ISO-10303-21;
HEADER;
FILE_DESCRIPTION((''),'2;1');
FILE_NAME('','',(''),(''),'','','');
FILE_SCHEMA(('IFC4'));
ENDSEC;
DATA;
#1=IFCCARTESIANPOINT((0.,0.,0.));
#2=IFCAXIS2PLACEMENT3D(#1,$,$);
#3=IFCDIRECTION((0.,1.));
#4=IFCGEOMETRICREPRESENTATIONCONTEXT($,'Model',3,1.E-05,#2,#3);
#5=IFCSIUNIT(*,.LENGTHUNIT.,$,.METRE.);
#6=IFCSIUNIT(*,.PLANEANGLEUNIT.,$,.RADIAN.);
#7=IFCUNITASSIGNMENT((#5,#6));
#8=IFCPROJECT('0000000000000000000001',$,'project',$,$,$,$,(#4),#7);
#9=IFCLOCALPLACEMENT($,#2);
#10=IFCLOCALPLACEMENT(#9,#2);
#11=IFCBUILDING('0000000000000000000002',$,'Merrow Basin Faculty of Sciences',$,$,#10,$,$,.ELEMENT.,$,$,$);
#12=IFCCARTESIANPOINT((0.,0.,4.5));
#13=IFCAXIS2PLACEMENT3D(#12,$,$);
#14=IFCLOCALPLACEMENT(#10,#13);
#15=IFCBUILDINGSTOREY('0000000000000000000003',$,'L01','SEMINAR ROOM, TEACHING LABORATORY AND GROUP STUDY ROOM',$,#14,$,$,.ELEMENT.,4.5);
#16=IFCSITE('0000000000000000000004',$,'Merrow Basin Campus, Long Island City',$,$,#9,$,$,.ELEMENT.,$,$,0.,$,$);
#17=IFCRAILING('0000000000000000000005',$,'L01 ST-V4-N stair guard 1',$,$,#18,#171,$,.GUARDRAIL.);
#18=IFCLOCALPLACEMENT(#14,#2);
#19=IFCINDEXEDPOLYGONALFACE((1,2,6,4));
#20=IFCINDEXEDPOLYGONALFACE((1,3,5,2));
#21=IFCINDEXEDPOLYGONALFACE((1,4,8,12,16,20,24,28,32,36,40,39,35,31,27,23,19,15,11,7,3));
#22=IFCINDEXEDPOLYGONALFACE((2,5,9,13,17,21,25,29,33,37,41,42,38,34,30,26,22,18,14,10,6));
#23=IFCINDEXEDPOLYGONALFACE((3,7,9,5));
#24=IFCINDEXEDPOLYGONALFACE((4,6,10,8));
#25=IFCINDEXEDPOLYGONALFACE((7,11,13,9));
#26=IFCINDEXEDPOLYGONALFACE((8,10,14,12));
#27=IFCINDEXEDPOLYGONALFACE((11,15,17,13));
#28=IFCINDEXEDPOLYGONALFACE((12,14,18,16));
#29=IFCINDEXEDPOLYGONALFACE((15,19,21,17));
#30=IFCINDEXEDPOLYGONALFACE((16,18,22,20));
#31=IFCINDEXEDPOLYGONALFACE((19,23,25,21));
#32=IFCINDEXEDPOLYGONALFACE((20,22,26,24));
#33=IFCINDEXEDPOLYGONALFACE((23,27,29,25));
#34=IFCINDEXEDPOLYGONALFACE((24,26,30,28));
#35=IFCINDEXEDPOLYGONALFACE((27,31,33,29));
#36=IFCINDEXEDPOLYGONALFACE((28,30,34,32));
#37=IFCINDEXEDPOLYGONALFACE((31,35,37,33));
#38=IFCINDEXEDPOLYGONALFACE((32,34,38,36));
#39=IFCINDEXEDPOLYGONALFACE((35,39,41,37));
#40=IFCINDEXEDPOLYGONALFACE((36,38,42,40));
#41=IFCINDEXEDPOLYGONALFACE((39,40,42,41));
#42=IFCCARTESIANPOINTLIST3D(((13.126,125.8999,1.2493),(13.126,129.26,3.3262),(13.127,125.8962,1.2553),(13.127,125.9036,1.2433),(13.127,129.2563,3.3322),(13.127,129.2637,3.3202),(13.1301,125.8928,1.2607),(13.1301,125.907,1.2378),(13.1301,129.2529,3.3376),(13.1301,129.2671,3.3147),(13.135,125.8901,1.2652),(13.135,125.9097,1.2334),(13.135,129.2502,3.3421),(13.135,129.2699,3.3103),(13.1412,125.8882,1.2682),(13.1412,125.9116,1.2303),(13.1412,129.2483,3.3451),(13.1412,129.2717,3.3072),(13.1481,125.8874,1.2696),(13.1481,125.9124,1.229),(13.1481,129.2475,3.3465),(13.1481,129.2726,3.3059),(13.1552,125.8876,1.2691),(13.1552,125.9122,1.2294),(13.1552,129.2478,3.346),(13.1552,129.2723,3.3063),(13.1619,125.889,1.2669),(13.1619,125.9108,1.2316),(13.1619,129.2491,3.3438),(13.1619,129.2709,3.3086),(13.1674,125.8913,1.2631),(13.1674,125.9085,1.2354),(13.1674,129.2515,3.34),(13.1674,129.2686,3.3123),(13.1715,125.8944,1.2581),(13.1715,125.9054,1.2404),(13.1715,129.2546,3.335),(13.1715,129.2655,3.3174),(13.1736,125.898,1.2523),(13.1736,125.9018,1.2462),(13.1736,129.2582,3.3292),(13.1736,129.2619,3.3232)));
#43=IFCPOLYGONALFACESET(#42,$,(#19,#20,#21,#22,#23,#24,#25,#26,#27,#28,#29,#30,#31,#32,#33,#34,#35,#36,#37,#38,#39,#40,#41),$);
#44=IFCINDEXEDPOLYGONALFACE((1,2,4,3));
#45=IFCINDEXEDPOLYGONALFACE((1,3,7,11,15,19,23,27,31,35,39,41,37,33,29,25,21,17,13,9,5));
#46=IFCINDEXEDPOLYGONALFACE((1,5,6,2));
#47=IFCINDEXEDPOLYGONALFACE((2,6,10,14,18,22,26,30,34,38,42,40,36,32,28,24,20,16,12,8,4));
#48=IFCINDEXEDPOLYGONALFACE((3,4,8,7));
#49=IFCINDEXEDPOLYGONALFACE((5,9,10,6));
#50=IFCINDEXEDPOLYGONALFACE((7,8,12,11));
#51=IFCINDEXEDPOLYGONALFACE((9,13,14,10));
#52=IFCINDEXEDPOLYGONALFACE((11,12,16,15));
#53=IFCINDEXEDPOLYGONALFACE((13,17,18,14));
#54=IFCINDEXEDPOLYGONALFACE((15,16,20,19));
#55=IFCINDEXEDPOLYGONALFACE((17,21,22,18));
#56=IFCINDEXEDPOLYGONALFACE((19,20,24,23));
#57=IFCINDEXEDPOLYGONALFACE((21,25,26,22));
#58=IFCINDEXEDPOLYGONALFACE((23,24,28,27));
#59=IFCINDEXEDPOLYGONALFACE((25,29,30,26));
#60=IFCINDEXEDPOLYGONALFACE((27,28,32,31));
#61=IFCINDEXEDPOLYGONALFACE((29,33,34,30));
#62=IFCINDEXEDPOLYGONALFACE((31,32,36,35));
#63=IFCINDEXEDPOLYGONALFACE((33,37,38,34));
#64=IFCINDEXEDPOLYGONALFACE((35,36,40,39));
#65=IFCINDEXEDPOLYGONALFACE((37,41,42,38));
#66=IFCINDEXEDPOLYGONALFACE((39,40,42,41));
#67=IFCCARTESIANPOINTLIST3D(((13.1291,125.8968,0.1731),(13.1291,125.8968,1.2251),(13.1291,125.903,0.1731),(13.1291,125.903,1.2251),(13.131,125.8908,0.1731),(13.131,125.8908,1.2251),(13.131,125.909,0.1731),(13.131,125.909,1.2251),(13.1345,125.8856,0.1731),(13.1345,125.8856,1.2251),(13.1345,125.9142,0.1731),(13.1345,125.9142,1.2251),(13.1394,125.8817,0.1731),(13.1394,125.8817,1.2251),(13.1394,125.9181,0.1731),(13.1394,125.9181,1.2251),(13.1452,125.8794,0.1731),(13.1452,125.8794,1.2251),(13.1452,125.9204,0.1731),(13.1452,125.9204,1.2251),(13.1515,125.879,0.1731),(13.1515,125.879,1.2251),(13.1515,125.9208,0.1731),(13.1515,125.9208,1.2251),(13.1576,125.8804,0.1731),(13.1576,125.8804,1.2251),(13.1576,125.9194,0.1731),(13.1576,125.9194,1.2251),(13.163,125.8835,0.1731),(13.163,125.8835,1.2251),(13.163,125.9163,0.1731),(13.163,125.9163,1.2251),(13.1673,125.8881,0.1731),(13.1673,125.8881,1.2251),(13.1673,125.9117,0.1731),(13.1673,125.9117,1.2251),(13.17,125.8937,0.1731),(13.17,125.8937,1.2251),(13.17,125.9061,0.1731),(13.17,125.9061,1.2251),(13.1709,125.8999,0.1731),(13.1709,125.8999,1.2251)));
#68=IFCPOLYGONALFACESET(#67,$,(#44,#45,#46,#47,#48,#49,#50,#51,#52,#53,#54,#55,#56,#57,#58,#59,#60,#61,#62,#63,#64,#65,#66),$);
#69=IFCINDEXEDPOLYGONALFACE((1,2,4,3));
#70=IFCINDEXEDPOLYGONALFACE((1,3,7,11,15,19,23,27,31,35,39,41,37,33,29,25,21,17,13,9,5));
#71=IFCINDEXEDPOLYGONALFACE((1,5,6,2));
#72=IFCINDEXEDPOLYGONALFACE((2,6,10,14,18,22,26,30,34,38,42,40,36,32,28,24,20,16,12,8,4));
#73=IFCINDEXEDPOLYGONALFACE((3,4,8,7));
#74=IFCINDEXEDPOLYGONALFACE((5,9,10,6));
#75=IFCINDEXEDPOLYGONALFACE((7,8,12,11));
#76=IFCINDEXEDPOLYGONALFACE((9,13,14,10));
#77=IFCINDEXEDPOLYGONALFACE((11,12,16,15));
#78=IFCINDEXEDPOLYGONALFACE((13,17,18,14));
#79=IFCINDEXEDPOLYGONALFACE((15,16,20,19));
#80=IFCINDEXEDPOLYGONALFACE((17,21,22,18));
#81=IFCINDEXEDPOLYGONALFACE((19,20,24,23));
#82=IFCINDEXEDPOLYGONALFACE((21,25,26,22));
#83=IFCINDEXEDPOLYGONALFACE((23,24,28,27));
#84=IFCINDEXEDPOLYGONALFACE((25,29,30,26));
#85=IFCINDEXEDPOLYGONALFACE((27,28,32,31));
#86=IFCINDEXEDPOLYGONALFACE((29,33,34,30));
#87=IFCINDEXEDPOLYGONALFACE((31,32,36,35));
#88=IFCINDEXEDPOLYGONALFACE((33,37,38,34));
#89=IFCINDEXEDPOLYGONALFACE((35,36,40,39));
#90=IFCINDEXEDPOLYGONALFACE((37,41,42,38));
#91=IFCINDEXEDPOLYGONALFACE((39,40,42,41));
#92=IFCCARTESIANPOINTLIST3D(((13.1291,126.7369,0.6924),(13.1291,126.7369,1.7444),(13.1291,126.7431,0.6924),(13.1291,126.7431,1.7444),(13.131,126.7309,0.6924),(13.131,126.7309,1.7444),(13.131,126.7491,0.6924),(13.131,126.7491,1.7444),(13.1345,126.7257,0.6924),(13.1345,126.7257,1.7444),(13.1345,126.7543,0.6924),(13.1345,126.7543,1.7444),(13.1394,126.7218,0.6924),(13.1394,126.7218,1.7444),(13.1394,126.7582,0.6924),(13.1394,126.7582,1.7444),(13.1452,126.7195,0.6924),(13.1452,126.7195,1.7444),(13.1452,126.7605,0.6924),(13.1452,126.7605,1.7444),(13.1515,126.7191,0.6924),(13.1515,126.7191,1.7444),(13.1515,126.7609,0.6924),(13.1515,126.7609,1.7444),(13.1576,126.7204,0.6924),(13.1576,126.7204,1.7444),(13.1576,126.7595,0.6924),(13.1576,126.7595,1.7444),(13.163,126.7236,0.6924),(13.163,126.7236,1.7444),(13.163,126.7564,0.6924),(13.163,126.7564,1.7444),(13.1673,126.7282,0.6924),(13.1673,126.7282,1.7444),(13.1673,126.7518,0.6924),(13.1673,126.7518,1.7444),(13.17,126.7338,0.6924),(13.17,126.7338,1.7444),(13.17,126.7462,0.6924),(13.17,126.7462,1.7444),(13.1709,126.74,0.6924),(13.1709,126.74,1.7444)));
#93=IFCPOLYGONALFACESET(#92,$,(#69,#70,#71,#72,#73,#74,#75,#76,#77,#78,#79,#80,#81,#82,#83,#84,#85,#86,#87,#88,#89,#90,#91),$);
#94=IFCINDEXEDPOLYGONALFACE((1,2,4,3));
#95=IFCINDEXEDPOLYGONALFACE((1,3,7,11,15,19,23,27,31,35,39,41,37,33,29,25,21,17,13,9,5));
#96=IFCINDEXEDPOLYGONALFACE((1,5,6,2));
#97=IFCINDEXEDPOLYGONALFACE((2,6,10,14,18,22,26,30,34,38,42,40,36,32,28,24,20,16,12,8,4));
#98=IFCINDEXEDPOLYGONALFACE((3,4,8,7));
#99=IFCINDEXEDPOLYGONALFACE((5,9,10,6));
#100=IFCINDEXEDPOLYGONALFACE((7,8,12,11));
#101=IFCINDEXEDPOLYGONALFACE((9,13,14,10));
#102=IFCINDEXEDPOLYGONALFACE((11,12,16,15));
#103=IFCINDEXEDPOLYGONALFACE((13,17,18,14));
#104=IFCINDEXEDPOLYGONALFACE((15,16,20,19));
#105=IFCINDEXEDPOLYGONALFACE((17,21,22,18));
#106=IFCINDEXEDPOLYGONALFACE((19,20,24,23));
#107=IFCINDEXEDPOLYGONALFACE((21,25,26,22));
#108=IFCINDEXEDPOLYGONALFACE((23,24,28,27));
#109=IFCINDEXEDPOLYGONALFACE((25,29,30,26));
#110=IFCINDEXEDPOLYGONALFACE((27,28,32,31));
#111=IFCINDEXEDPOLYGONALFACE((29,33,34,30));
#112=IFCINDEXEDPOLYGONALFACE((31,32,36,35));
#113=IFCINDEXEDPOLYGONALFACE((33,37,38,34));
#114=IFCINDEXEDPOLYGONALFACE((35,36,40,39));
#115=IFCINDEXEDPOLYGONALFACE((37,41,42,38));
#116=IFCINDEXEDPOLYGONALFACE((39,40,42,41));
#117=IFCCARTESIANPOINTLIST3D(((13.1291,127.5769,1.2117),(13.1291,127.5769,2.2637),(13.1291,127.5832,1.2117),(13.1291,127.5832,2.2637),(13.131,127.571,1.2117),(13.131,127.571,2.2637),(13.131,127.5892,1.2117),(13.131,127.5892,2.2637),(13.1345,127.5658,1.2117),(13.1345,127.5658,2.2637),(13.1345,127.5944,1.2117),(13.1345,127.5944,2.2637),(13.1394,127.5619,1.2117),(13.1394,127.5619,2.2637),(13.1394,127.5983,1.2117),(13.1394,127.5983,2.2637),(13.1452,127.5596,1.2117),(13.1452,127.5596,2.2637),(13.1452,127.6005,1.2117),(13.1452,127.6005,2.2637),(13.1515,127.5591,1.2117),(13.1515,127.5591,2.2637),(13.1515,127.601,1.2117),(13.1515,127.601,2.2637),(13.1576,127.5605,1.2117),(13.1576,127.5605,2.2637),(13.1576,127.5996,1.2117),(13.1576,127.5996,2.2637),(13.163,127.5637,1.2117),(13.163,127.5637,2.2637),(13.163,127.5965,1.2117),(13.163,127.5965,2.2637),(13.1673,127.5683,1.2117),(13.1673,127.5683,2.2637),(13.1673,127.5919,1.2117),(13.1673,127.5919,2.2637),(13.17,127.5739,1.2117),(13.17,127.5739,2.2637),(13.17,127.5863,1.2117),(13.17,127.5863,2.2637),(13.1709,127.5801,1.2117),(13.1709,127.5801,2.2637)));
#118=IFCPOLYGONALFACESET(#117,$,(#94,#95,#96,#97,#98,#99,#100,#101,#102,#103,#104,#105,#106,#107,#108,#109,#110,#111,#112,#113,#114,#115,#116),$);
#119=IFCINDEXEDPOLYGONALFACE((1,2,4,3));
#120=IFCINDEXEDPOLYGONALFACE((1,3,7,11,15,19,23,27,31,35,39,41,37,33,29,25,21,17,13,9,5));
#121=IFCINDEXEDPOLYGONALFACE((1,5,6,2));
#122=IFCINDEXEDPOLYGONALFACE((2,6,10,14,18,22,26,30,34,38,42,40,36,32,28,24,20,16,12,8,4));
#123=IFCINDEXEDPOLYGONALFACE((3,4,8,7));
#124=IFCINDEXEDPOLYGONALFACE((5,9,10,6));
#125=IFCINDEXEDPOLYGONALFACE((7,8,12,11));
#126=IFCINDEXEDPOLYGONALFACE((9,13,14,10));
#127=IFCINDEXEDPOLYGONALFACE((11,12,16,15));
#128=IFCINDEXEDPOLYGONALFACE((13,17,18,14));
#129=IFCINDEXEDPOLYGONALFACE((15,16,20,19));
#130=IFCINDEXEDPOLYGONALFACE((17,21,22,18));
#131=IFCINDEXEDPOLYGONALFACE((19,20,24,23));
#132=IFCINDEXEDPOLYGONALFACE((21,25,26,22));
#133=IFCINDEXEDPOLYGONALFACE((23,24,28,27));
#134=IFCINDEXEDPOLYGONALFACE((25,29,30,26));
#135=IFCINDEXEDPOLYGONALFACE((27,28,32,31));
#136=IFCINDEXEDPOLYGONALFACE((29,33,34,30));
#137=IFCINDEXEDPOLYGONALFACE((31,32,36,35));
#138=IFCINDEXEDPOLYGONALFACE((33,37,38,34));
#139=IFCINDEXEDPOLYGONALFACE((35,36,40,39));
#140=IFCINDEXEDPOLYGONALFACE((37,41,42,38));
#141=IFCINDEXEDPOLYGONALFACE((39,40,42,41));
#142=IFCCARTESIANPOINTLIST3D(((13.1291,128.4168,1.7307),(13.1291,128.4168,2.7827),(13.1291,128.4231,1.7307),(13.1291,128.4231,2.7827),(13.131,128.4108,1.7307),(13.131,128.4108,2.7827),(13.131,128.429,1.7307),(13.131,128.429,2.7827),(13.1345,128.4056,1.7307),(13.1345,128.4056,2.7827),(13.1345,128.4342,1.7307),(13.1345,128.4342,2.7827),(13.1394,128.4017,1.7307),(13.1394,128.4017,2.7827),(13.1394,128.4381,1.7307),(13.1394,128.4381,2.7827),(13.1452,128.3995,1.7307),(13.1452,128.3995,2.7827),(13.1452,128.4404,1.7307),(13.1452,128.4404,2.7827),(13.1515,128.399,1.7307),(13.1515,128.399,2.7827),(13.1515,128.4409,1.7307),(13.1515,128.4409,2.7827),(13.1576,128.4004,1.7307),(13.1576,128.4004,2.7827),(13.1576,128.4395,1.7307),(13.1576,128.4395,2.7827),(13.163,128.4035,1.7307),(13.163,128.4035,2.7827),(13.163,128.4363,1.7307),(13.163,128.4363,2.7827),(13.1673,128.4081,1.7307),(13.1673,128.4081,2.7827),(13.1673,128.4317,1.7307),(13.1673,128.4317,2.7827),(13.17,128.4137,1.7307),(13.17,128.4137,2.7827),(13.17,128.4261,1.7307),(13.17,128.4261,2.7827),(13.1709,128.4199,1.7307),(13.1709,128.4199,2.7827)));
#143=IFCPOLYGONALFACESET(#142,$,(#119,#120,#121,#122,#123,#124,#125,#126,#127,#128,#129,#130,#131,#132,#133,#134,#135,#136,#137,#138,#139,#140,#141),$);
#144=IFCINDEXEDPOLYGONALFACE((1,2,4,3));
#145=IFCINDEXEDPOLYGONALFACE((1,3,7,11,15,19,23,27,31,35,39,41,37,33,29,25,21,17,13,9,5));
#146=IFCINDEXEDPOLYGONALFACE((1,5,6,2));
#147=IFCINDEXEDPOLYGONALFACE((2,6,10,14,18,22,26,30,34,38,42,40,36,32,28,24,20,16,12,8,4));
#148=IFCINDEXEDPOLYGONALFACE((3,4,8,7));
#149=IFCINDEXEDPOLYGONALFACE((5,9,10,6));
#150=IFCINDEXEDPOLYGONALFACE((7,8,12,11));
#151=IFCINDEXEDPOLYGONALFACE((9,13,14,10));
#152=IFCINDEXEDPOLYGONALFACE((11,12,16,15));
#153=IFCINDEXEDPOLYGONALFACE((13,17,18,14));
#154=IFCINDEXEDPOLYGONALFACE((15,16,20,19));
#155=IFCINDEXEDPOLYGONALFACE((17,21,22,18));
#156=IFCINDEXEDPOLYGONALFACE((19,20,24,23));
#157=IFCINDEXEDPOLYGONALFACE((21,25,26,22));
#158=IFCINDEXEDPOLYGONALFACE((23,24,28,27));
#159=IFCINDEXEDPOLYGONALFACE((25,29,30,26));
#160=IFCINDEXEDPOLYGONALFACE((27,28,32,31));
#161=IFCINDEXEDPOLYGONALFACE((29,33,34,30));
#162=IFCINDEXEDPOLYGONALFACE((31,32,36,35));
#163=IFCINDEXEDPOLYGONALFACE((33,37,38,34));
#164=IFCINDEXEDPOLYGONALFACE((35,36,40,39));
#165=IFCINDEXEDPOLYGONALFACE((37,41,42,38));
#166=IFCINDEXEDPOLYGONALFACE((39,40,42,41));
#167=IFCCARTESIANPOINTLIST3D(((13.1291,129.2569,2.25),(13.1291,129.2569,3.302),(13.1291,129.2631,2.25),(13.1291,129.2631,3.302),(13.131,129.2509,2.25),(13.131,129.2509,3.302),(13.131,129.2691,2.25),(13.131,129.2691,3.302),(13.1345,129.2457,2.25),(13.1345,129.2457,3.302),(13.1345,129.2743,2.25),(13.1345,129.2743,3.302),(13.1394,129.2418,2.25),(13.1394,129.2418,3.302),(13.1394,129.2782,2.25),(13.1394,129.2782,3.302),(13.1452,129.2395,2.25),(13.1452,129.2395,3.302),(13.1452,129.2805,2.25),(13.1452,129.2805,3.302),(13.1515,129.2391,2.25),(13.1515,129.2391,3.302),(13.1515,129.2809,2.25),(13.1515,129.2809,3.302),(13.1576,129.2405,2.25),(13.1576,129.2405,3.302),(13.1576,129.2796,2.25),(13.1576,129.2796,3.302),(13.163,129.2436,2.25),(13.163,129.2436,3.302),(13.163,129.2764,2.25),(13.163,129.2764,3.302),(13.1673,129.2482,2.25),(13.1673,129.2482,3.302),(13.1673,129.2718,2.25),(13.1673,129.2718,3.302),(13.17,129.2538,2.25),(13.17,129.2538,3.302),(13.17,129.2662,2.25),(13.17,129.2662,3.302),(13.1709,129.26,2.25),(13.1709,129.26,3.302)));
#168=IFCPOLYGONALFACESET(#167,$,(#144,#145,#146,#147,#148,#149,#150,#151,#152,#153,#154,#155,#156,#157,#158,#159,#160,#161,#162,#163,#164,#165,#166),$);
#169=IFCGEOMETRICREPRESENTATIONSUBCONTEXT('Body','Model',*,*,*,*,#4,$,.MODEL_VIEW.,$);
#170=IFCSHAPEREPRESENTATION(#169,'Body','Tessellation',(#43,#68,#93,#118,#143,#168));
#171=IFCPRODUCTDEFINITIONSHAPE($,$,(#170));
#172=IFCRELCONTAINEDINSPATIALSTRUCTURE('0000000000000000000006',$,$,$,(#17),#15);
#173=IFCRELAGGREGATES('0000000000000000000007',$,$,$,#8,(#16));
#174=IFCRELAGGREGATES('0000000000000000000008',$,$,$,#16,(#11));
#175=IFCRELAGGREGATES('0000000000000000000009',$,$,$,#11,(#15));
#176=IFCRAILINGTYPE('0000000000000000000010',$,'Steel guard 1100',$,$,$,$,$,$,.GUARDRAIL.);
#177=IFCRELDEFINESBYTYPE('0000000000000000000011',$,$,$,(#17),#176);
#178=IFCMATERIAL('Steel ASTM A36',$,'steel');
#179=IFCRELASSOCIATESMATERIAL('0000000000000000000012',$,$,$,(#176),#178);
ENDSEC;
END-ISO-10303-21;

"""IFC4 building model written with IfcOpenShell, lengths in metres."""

from ifc_helpers import new_model, si_unit, direction, frame, origin, origin_2d, place, context, subcontext, project, spatial, circle, extrude, material, type_object, element, save


model = new_model("IFC4")

# Units and contexts
model_context = context("Model", 3, precision=1e-05, world=origin(), true_north=direction((0.0, 1.0)))
body_context = subcontext(model_context, "Body", "Model", "MODEL_VIEW")
ifc_project = project(units=[si_unit("LENGTHUNIT", "METRE"), si_unit("PLANEANGLEUNIT", "RADIAN")], contexts=[model_context])

# Site, building, storey
site_placement = place(None, origin())
site = spatial("IfcSite", under=ifc_project, at=site_placement, Name="Merrow Basin Campus, Long Island City", CompositionType="ELEMENT", RefElevation=0.0)
building_placement = place(site_placement, origin())
building = spatial("IfcBuilding", under=site, at=building_placement, Name="Merrow Basin Faculty of Sciences", CompositionType="ELEMENT")
storey_placement = place(building_placement, frame((0.0, 0.0, 4.5)))
storey = spatial("IfcBuildingStorey", under=building, at=storey_placement, Name="L01", Description="SEMINAR ROOM, TEACHING LABORATORY AND GROUP STUDY ROOM", CompositionType="ELEMENT", Elevation=4.5)

# Railing
ifc_material_1 = material(Name="Steel ASTM A36", Category="steel")
railing_type_1 = type_object("IfcRailingType", Name="Steel guard 1100", PredefinedType="GUARDRAIL", material=ifc_material_1)
railing_1_placement = place(storey_placement, frame((13.1499, 125.8999, 0.1731)))
element("IfcRailing", 1, at=railing_1_placement, inside=storey, type_object=railing_type_1, Name="L01 ST-V4-N stair guard 1", PredefinedType="GUARDRAIL", context=body_context, shape_type="SweptSolid", body=[
    extrude(circle(Radius=0.0239, at=origin_2d()), frame((0.0, 0.0, 1.0762), z_axis=(0.0, 0.850623, 0.525776), x_axis=(-1.0, 0.0, 0.0)), (0.0, 0.0, 1.0), 3.9502),
    extrude(circle(Radius=0.021, at=origin_2d()), origin(), (0.0, 0.0, 1.0), 1.052),
    extrude(circle(Radius=0.021, at=origin_2d()), frame((0.0, 0.8401, 0.5193)), (0.0, 0.0, 1.0), 1.052),
    extrude(circle(Radius=0.021, at=origin_2d()), frame((0.0, 1.6802, 1.0386)), (0.0, 0.0, 1.0), 1.052),
    extrude(circle(Radius=0.021, at=origin_2d()), frame((0.0, 2.52, 1.5576)), (0.0, 0.0, 1.0), 1.052),
    extrude(circle(Radius=0.021, at=origin_2d()), frame((0.0, 3.3601, 2.0769)), (0.0, 0.0, 1.0), 1.052),
])

save(model, "model.ifc")
